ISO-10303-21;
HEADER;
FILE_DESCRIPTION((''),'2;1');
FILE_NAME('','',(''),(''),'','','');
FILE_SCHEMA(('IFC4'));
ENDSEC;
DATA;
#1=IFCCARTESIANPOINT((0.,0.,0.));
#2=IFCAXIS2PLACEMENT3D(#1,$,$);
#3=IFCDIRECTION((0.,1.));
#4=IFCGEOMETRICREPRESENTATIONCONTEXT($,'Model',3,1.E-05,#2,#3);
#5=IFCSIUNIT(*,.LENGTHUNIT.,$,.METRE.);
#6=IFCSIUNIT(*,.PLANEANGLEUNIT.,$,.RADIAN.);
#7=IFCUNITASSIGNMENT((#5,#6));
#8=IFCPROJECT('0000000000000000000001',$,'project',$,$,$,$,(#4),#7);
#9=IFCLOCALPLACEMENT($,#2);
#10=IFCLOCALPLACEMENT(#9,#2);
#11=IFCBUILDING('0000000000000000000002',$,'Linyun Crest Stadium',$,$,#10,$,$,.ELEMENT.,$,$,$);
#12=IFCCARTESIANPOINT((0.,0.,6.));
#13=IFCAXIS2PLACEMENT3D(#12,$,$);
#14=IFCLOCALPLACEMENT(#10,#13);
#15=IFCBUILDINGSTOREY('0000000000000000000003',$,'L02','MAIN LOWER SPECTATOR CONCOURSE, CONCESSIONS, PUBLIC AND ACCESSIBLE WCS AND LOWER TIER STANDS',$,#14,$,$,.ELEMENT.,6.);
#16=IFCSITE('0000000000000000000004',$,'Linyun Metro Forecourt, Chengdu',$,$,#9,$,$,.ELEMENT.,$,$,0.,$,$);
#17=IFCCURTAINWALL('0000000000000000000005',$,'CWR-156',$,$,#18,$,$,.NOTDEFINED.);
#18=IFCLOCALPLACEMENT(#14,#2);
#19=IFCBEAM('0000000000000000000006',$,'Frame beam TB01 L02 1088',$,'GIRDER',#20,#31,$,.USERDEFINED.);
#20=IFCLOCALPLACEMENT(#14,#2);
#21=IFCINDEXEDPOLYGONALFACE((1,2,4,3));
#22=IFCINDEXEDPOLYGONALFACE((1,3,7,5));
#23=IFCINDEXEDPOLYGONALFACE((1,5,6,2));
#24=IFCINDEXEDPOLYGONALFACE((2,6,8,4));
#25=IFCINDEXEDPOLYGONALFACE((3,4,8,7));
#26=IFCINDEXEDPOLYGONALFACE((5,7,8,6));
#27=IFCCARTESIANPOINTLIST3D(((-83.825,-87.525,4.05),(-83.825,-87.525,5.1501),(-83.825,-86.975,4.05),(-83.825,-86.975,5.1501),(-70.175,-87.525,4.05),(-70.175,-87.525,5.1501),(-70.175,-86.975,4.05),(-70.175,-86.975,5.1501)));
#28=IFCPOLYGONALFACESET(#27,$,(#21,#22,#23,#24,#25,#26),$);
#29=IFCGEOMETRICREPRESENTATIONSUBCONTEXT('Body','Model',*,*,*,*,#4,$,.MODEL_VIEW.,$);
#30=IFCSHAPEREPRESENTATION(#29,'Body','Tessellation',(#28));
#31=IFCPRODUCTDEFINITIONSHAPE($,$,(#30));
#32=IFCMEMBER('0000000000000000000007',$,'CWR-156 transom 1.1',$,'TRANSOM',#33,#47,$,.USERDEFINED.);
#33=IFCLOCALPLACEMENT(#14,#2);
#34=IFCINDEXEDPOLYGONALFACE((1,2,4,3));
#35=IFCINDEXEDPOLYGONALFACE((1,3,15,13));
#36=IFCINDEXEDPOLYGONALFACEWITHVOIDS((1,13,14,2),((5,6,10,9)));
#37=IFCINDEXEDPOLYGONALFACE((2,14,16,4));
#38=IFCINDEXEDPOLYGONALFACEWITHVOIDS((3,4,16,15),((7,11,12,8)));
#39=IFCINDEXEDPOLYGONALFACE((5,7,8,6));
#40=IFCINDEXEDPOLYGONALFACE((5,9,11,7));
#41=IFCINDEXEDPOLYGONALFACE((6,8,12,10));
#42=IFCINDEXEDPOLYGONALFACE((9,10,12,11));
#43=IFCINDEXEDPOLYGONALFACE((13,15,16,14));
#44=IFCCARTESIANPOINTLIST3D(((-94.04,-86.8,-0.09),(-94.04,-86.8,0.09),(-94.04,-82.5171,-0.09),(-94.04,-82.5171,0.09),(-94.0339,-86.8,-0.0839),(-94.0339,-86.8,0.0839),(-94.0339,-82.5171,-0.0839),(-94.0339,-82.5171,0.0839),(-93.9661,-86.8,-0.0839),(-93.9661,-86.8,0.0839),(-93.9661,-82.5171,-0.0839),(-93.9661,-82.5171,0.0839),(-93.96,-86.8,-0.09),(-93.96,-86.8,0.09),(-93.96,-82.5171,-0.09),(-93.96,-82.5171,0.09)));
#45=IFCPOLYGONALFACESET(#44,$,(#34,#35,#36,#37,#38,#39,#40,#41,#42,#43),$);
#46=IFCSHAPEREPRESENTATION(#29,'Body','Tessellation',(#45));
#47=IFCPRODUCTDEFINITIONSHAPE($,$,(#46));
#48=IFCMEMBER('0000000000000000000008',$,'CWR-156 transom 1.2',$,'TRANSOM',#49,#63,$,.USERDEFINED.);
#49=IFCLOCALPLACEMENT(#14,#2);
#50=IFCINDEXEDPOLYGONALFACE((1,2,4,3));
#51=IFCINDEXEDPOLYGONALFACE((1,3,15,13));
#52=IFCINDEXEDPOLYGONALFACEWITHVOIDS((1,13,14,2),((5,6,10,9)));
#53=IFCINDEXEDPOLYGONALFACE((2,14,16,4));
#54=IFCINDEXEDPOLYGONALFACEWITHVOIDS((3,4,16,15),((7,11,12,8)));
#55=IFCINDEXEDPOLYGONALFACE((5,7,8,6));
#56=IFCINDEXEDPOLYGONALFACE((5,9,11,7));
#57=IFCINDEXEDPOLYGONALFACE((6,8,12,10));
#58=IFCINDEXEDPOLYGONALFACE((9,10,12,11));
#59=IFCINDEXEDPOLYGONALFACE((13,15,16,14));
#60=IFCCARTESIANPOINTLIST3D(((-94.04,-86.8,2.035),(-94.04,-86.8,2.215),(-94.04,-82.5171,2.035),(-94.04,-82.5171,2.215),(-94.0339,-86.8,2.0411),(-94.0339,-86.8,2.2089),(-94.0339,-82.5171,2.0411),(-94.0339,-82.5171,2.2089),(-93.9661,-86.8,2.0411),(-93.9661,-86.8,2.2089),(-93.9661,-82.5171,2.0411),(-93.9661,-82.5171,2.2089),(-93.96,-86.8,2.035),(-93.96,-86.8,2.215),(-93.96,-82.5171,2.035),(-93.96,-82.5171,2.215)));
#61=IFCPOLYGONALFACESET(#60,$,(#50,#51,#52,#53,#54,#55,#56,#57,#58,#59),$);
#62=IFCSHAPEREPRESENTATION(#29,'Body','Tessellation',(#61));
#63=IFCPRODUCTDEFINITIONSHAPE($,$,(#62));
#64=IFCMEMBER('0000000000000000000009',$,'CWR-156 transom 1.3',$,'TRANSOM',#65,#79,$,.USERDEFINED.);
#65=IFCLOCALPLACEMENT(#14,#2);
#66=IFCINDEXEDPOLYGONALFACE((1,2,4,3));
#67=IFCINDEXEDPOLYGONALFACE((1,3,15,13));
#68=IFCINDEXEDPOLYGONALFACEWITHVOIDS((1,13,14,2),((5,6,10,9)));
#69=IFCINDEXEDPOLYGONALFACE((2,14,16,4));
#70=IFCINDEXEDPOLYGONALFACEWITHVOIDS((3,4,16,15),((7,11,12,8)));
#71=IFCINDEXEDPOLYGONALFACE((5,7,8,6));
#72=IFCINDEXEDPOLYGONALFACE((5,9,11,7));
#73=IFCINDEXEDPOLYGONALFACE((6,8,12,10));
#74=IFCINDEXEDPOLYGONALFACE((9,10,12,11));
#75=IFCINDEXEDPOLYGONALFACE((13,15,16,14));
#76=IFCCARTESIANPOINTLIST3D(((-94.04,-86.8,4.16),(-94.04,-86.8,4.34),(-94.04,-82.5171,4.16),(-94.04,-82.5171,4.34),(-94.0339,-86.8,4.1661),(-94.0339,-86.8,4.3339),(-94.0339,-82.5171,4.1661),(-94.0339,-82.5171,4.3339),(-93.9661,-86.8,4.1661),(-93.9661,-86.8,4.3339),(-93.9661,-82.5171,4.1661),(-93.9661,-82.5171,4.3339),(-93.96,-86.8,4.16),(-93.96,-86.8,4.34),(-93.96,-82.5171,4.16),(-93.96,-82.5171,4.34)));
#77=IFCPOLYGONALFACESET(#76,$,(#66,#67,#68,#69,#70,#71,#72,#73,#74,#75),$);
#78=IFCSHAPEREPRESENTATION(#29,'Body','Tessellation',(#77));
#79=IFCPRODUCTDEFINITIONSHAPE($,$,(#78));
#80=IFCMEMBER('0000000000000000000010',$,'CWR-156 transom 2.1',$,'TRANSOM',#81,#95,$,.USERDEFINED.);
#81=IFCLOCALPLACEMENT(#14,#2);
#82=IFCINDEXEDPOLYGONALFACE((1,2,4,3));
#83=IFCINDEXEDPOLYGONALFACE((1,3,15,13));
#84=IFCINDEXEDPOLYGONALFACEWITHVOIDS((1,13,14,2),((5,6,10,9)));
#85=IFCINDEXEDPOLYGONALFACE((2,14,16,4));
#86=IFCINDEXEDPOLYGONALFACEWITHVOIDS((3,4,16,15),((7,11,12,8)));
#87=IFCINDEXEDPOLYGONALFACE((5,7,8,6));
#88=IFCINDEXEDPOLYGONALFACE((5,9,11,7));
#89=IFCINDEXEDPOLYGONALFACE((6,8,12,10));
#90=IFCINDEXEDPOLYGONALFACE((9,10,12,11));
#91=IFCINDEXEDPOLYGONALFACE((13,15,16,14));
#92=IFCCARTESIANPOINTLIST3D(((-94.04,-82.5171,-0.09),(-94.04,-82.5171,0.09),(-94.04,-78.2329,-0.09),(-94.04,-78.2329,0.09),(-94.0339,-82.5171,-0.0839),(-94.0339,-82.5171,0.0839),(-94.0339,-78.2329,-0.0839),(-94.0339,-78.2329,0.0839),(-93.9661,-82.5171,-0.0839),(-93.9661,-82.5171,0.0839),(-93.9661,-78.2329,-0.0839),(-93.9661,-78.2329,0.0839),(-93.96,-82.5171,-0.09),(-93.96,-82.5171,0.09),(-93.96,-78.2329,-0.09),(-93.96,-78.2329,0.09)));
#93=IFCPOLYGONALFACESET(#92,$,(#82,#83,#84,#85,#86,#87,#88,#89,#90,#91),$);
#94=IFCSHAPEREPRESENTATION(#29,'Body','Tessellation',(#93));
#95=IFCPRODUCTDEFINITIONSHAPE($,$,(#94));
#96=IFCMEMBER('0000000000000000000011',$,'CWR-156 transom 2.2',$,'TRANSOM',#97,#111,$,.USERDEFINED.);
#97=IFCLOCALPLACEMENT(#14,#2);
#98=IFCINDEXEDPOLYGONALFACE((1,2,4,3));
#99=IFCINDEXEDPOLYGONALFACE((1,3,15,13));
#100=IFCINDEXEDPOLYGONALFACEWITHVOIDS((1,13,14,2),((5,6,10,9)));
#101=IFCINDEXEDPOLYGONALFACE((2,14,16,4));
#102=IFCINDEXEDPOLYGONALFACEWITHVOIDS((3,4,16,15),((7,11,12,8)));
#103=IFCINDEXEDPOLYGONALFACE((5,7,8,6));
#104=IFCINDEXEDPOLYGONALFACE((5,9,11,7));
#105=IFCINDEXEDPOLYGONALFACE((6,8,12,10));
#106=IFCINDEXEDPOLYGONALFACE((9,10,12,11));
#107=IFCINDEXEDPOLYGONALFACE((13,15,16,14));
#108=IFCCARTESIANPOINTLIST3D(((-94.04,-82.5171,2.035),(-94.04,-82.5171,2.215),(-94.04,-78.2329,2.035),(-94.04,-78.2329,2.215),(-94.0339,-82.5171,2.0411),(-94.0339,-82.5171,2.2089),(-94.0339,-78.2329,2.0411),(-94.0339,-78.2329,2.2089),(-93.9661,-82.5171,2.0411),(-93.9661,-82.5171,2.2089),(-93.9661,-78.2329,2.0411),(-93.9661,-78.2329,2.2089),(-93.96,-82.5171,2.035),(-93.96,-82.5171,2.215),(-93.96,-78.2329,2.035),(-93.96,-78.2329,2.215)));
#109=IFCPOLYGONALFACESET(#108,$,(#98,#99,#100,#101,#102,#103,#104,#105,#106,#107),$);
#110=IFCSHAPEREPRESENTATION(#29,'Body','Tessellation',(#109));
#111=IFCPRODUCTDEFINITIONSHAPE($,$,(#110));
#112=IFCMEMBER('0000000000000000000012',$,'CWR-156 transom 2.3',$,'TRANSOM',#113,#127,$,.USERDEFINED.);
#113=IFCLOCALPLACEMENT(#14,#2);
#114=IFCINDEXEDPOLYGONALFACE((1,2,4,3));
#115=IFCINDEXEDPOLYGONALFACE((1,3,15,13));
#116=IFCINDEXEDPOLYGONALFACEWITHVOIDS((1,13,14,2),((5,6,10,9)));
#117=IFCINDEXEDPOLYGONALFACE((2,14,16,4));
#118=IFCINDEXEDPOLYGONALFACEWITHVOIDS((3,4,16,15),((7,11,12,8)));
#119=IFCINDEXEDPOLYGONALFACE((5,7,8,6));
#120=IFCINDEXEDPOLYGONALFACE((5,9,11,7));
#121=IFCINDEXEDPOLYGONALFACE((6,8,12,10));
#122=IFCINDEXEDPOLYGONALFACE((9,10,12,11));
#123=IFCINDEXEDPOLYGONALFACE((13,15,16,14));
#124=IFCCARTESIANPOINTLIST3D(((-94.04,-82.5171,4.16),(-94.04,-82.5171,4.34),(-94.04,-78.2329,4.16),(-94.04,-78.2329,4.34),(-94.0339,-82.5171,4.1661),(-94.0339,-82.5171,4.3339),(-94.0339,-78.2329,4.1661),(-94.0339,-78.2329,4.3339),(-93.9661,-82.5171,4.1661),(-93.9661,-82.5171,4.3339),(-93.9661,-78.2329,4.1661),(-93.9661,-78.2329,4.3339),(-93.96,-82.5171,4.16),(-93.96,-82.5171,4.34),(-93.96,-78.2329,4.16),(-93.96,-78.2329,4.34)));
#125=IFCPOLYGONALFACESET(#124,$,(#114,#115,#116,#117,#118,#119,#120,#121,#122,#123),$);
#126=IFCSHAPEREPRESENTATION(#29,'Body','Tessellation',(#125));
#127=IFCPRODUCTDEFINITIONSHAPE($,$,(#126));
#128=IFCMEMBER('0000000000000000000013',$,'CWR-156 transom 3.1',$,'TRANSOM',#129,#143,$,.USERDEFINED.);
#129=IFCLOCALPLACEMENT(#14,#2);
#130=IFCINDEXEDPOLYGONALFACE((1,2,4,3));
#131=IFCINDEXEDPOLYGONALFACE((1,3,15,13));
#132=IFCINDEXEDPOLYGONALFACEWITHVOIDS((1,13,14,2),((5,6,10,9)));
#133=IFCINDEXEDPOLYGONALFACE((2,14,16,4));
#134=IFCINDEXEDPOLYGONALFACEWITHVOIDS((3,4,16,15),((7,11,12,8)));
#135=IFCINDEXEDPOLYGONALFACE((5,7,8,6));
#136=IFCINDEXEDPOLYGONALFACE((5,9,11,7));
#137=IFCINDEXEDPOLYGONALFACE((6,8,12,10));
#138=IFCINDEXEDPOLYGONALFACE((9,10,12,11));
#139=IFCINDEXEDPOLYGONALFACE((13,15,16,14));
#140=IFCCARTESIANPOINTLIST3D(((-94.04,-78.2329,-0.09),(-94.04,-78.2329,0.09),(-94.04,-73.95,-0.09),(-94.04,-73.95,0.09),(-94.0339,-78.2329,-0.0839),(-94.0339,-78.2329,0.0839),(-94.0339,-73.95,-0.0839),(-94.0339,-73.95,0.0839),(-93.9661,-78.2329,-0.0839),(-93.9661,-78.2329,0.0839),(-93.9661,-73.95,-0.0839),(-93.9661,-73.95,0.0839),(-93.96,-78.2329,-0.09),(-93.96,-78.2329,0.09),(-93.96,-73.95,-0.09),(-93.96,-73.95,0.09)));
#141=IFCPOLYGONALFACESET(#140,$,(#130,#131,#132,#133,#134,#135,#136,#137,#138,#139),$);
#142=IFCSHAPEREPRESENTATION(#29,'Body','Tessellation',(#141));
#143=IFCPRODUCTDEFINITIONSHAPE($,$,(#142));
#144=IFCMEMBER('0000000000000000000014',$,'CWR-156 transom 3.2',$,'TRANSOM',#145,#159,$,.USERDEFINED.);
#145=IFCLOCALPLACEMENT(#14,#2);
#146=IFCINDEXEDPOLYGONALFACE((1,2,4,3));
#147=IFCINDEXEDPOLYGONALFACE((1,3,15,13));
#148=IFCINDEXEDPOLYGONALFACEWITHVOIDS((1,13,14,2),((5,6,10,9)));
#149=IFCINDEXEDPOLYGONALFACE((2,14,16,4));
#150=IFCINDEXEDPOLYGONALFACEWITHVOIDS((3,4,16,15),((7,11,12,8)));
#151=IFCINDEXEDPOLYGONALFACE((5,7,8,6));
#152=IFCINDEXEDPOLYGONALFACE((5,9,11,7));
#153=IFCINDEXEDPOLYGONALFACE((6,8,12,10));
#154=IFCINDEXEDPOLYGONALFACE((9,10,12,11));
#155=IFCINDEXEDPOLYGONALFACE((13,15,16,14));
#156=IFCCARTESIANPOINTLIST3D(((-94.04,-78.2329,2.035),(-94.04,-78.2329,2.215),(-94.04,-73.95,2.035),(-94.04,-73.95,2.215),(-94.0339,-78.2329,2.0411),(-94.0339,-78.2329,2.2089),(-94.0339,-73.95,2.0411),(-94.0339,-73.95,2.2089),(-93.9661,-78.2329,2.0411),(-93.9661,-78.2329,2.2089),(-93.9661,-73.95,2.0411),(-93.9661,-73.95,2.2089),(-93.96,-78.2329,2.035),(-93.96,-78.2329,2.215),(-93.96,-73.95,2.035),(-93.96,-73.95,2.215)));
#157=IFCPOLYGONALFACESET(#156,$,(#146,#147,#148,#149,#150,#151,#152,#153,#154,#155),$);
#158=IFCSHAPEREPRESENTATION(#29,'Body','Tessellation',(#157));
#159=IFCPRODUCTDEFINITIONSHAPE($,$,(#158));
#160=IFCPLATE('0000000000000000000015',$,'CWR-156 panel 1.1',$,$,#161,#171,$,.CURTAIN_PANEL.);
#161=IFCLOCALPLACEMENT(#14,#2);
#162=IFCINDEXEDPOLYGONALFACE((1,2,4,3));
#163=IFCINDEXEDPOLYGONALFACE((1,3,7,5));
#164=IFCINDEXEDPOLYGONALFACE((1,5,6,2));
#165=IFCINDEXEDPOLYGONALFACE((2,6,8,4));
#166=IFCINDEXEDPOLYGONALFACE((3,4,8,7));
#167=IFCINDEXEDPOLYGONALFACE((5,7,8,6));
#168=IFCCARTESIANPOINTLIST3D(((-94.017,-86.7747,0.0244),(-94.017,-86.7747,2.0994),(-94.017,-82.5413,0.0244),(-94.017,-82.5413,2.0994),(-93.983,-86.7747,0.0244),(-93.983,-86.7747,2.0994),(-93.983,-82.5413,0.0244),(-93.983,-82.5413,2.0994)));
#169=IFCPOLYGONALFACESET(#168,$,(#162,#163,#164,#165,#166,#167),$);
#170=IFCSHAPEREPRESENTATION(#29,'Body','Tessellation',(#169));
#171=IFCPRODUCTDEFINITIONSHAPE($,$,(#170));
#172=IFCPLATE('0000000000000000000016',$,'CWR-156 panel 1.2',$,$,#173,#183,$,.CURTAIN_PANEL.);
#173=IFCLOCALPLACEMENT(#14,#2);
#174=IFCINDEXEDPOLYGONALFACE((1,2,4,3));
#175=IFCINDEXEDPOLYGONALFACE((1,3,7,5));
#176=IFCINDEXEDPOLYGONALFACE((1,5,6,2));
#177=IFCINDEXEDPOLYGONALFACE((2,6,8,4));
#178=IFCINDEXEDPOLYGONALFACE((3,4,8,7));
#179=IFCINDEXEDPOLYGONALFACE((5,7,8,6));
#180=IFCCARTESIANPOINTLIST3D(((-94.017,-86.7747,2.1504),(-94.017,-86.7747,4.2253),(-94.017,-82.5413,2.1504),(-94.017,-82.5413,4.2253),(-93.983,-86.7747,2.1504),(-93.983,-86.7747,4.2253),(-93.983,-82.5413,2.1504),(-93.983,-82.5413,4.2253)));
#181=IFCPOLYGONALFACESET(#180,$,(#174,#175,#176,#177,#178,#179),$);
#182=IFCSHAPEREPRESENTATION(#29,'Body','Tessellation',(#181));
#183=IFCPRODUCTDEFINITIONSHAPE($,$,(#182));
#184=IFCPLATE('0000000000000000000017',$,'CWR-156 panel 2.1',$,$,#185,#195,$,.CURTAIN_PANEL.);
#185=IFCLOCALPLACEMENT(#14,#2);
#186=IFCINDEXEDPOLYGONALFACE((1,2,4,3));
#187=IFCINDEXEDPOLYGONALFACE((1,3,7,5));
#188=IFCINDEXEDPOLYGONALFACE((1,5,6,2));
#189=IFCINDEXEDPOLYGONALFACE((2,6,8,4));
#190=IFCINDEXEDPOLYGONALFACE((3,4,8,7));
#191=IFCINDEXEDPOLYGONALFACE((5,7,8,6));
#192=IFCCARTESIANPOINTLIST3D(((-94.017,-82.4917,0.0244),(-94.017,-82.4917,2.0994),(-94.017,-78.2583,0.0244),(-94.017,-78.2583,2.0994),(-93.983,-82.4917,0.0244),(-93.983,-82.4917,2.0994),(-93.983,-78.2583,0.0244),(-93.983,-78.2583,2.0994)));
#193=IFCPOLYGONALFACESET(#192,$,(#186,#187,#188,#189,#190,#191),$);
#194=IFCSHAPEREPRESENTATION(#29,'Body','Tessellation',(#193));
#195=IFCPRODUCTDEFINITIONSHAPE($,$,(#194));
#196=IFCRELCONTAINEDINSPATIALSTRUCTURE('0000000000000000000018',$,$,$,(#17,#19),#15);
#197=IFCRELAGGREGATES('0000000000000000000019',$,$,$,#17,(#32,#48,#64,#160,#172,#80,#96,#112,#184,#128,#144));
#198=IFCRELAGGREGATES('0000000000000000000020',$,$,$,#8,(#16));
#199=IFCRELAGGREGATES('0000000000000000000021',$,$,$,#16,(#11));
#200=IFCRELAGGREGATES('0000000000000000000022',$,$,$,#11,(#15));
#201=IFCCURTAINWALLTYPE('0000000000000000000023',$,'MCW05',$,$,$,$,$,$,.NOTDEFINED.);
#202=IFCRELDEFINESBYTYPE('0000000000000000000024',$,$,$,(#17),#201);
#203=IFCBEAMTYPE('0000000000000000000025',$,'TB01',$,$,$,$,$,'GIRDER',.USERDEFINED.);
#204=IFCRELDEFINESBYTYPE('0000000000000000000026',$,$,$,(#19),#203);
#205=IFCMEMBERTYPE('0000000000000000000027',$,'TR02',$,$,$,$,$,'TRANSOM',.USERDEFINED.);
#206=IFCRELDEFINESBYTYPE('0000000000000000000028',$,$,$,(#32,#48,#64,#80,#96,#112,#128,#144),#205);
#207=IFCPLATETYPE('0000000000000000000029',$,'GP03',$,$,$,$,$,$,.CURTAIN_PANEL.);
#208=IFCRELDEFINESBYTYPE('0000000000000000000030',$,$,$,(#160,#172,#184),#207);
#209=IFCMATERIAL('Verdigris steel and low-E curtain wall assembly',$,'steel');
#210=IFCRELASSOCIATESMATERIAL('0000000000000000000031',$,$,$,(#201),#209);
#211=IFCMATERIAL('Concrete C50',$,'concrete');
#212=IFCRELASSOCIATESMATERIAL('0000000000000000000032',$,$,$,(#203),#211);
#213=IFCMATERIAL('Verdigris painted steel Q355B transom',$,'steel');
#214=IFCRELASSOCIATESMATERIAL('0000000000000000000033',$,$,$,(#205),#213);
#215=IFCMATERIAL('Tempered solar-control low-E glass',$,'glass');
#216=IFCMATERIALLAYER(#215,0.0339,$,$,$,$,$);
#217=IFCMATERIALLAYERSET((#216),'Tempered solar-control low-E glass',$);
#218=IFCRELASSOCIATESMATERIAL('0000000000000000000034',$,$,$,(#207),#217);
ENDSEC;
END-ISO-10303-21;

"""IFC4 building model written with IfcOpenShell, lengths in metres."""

from ifc_helpers import new_model, si_unit, direction, frame, origin, origin_2d, place, context, subcontext, project, spatial, rectangle, hollow_rectangle, extrude, material, layer, layer_set, material_profile, profile_set, type_object, element, aggregate, save


model = new_model("IFC4")

# Units and contexts
model_context = context("Model", 3, precision=1e-05, world=origin(), true_north=direction((0.0, 1.0)))
body_context = subcontext(model_context, "Body", "Model", "MODEL_VIEW")
ifc_project = project(units=[si_unit("LENGTHUNIT", "METRE"), si_unit("PLANEANGLEUNIT", "RADIAN")], contexts=[model_context])

# Site, building, storey
site_placement = place(None, origin())
site = spatial("IfcSite", under=ifc_project, at=site_placement, Name="Linyun Metro Forecourt, Chengdu", CompositionType="ELEMENT", RefElevation=0.0)
building_placement = place(site_placement, origin())
building = spatial("IfcBuilding", under=site, at=building_placement, Name="Linyun Crest Stadium", CompositionType="ELEMENT")
storey_placement = place(building_placement, frame((0.0, 0.0, 6.0)))
storey = spatial("IfcBuildingStorey", under=building, at=storey_placement, Name="L02", Description="MAIN LOWER SPECTATOR CONCOURSE, CONCESSIONS, PUBLIC AND ACCESSIBLE WCS AND LOWER TIER STANDS", CompositionType="ELEMENT", Elevation=6.0)

# Shared definitions
ifc_material_1 = material(Name="Verdigris steel and low-E curtain wall assembly", Category="steel")
curtain_wall_type = type_object("IfcCurtainWallType", Name="MCW05", PredefinedType="NOTDEFINED", material=ifc_material_1)

# Curtain wall
curtain_wall_1_placement = place(storey_placement, origin())
curtain_wall_1 = element("IfcCurtainWall", 1, at=curtain_wall_1_placement, inside=storey, type_object=curtain_wall_type, Name="CWR-156", PredefinedType="NOTDEFINED")

# Beam
ifc_material_2 = material(Name="Concrete C50", Category="concrete")
ifc_material_profile_1 = material_profile(ifc_material_2, rectangle(XDim=0.55, YDim=1.1001, at=origin_2d()), Name="RCB 1100x550")
ifc_profile_set_1 = profile_set([ifc_material_profile_1], Name="Concrete C50")
beam_type_1 = type_object("IfcBeamType", Name="TB01", ElementType="GIRDER", PredefinedType="USERDEFINED", material=ifc_profile_set_1)
beam_1_placement = place(storey_placement, frame((-83.825, -87.25, 4.6001), z_axis=(1.0, 0.0, 0.0), x_axis=(0.0, 1.0, 0.0)))
element("IfcBeam", 2, at=beam_1_placement, inside=storey, type_object=beam_type_1, Name="Frame beam TB01 L02 1088", ObjectType="GIRDER", PredefinedType="USERDEFINED", context=body_context, shape_type="SweptSolid", body=[
    extrude(rectangle(XDim=0.55, YDim=1.1001, at=origin_2d()), origin(), (0.0, 0.0, 1.0), 13.6499),
])

# Members
ifc_material_3 = material(Name="Verdigris painted steel Q355B transom", Category="steel")
ifc_material_profile_2 = material_profile(ifc_material_3, hollow_rectangle(XDim=0.0801, YDim=0.1799, WallThickness=0.0061, at=origin_2d()), Name="RHS 180x80x6")
ifc_profile_set_2 = profile_set([ifc_material_profile_2], Name="Verdigris painted steel Q355B transom")
member_type_1 = type_object("IfcMemberType", Name="TR02", ElementType="TRANSOM", PredefinedType="USERDEFINED", material=ifc_profile_set_2)
member_1_placement = place(storey_placement, frame((-94.0, -86.8, 0.0), z_axis=(0.0, 1.0, 0.0), x_axis=(-1.0, 0.0, 0.0)))
member_1 = element("IfcMember", 3, at=member_1_placement, type_object=member_type_1, Name="CWR-156 transom 1.1", ObjectType="TRANSOM", PredefinedType="USERDEFINED", context=body_context, shape_type="SweptSolid", body=[
    extrude(hollow_rectangle(XDim=0.0801, YDim=0.1799, WallThickness=0.0061, at=origin_2d()), origin(), (0.0, 0.0, 1.0), 4.283),
])
member_2_placement = place(storey_placement, frame((-94.0, -86.8, 2.125), z_axis=(0.0, 1.0, 0.0), x_axis=(-1.0, 0.0, 0.0)))
member_2 = element("IfcMember", 4, at=member_2_placement, type_object=member_type_1, Name="CWR-156 transom 1.2", ObjectType="TRANSOM", PredefinedType="USERDEFINED", context=body_context, shape_type="SweptSolid", body=[
    extrude(hollow_rectangle(XDim=0.0801, YDim=0.1799, WallThickness=0.0061, at=origin_2d()), origin(), (0.0, 0.0, 1.0), 4.283),
])
member_3_placement = place(storey_placement, frame((-94.0, -86.8, 4.25), z_axis=(0.0, 1.0, 0.0), x_axis=(-1.0, 0.0, 0.0)))
member_3 = element("IfcMember", 5, at=member_3_placement, type_object=member_type_1, Name="CWR-156 transom 1.3", ObjectType="TRANSOM", PredefinedType="USERDEFINED", context=body_context, shape_type="SweptSolid", body=[
    extrude(hollow_rectangle(XDim=0.0801, YDim=0.1799, WallThickness=0.0061, at=origin_2d()), origin(), (0.0, 0.0, 1.0), 4.283),
])
member_4_placement = place(storey_placement, frame((-94.0, -82.5171, 0.0), z_axis=(0.0, 1.0, 0.0), x_axis=(-1.0, 0.0, 0.0)))
member_4 = element("IfcMember", 6, at=member_4_placement, type_object=member_type_1, Name="CWR-156 transom 2.1", ObjectType="TRANSOM", PredefinedType="USERDEFINED", context=body_context, shape_type="SweptSolid", body=[
    extrude(hollow_rectangle(XDim=0.0801, YDim=0.1799, WallThickness=0.0061, at=origin_2d()), origin(), (0.0, 0.0, 1.0), 4.2842),
])
member_5_placement = place(storey_placement, frame((-94.0, -82.5171, 2.125), z_axis=(0.0, 1.0, 0.0), x_axis=(-1.0, 0.0, 0.0)))
member_5 = element("IfcMember", 7, at=member_5_placement, type_object=member_type_1, Name="CWR-156 transom 2.2", ObjectType="TRANSOM", PredefinedType="USERDEFINED", context=body_context, shape_type="SweptSolid", body=[
    extrude(hollow_rectangle(XDim=0.0801, YDim=0.1799, WallThickness=0.0061, at=origin_2d()), origin(), (0.0, 0.0, 1.0), 4.2842),
])
member_6_placement = place(storey_placement, frame((-94.0, -82.5171, 4.25), z_axis=(0.0, 1.0, 0.0), x_axis=(-1.0, 0.0, 0.0)))
member_6 = element("IfcMember", 8, at=member_6_placement, type_object=member_type_1, Name="CWR-156 transom 2.3", ObjectType="TRANSOM", PredefinedType="USERDEFINED", context=body_context, shape_type="SweptSolid", body=[
    extrude(hollow_rectangle(XDim=0.0801, YDim=0.1799, WallThickness=0.0061, at=origin_2d()), origin(), (0.0, 0.0, 1.0), 4.2842),
])
member_7_placement = place(storey_placement, frame((-94.0, -78.2329, 0.0), z_axis=(0.0, 1.0, 0.0), x_axis=(-1.0, 0.0, 0.0)))
member_7 = element("IfcMember", 9, at=member_7_placement, type_object=member_type_1, Name="CWR-156 transom 3.1", ObjectType="TRANSOM", PredefinedType="USERDEFINED", context=body_context, shape_type="SweptSolid", body=[
    extrude(hollow_rectangle(XDim=0.0801, YDim=0.1799, WallThickness=0.0061, at=origin_2d()), origin(), (0.0, 0.0, 1.0), 4.283),
])
member_8_placement = place(storey_placement, frame((-94.0, -78.2329, 2.125), z_axis=(0.0, 1.0, 0.0), x_axis=(-1.0, 0.0, 0.0)))
member_8 = element("IfcMember", 10, at=member_8_placement, type_object=member_type_1, Name="CWR-156 transom 3.2", ObjectType="TRANSOM", PredefinedType="USERDEFINED", context=body_context, shape_type="SweptSolid", body=[
    extrude(hollow_rectangle(XDim=0.0801, YDim=0.1799, WallThickness=0.0061, at=origin_2d()), origin(), (0.0, 0.0, 1.0), 4.283),
])

# Plates
ifc_material_4 = material(Name="Tempered solar-control low-E glass", Category="glass")
ifc_layer_1 = layer(ifc_material_4, 0.0339)
ifc_layer_set_1 = layer_set([ifc_layer_1], Name="Tempered solar-control low-E glass")
plate_type = type_object("IfcPlateType", Name="GP03", PredefinedType="CURTAIN_PANEL", material=ifc_layer_set_1)
plate_1_placement = place(storey_placement, frame((-94.0, -84.658, 0.0244), z_axis=(0.0, 0.0, 1.0), x_axis=(0.0, 1.0, 0.0)))
plate_1 = element("IfcPlate", 11, at=plate_1_placement, type_object=plate_type, Name="CWR-156 panel 1.1", PredefinedType="CURTAIN_PANEL", context=body_context, shape_type="SweptSolid", body=[
    extrude(rectangle(XDim=4.2334, YDim=0.0339, at=origin_2d()), origin(), (0.0, 0.0, 1.0), 2.075),
])
plate_2_placement = place(storey_placement, frame((-94.0, -84.658, 2.1504), z_axis=(0.0, 0.0, 1.0), x_axis=(0.0, 1.0, 0.0)))
plate_2 = element("IfcPlate", 12, at=plate_2_placement, type_object=plate_type, Name="CWR-156 panel 1.2", PredefinedType="CURTAIN_PANEL", context=body_context, shape_type="SweptSolid", body=[
    extrude(rectangle(XDim=4.2334, YDim=0.0339, at=origin_2d()), origin(), (0.0, 0.0, 1.0), 2.075),
])
plate_3_placement = place(storey_placement, frame((-94.0, -80.375, 0.0244), z_axis=(0.0, 0.0, 1.0), x_axis=(0.0, 1.0, 0.0)))
plate_3 = element("IfcPlate", 13, at=plate_3_placement, type_object=plate_type, Name="CWR-156 panel 2.1", PredefinedType="CURTAIN_PANEL", context=body_context, shape_type="SweptSolid", body=[
    extrude(rectangle(XDim=4.2334, YDim=0.0339, at=origin_2d()), origin(), (0.0, 0.0, 1.0), 2.075),
])
aggregate(curtain_wall_1, [member_1, member_2, member_3, plate_1, plate_2, member_4, member_5, member_6, plate_3, member_7, member_8])

save(model, "model.ifc")
